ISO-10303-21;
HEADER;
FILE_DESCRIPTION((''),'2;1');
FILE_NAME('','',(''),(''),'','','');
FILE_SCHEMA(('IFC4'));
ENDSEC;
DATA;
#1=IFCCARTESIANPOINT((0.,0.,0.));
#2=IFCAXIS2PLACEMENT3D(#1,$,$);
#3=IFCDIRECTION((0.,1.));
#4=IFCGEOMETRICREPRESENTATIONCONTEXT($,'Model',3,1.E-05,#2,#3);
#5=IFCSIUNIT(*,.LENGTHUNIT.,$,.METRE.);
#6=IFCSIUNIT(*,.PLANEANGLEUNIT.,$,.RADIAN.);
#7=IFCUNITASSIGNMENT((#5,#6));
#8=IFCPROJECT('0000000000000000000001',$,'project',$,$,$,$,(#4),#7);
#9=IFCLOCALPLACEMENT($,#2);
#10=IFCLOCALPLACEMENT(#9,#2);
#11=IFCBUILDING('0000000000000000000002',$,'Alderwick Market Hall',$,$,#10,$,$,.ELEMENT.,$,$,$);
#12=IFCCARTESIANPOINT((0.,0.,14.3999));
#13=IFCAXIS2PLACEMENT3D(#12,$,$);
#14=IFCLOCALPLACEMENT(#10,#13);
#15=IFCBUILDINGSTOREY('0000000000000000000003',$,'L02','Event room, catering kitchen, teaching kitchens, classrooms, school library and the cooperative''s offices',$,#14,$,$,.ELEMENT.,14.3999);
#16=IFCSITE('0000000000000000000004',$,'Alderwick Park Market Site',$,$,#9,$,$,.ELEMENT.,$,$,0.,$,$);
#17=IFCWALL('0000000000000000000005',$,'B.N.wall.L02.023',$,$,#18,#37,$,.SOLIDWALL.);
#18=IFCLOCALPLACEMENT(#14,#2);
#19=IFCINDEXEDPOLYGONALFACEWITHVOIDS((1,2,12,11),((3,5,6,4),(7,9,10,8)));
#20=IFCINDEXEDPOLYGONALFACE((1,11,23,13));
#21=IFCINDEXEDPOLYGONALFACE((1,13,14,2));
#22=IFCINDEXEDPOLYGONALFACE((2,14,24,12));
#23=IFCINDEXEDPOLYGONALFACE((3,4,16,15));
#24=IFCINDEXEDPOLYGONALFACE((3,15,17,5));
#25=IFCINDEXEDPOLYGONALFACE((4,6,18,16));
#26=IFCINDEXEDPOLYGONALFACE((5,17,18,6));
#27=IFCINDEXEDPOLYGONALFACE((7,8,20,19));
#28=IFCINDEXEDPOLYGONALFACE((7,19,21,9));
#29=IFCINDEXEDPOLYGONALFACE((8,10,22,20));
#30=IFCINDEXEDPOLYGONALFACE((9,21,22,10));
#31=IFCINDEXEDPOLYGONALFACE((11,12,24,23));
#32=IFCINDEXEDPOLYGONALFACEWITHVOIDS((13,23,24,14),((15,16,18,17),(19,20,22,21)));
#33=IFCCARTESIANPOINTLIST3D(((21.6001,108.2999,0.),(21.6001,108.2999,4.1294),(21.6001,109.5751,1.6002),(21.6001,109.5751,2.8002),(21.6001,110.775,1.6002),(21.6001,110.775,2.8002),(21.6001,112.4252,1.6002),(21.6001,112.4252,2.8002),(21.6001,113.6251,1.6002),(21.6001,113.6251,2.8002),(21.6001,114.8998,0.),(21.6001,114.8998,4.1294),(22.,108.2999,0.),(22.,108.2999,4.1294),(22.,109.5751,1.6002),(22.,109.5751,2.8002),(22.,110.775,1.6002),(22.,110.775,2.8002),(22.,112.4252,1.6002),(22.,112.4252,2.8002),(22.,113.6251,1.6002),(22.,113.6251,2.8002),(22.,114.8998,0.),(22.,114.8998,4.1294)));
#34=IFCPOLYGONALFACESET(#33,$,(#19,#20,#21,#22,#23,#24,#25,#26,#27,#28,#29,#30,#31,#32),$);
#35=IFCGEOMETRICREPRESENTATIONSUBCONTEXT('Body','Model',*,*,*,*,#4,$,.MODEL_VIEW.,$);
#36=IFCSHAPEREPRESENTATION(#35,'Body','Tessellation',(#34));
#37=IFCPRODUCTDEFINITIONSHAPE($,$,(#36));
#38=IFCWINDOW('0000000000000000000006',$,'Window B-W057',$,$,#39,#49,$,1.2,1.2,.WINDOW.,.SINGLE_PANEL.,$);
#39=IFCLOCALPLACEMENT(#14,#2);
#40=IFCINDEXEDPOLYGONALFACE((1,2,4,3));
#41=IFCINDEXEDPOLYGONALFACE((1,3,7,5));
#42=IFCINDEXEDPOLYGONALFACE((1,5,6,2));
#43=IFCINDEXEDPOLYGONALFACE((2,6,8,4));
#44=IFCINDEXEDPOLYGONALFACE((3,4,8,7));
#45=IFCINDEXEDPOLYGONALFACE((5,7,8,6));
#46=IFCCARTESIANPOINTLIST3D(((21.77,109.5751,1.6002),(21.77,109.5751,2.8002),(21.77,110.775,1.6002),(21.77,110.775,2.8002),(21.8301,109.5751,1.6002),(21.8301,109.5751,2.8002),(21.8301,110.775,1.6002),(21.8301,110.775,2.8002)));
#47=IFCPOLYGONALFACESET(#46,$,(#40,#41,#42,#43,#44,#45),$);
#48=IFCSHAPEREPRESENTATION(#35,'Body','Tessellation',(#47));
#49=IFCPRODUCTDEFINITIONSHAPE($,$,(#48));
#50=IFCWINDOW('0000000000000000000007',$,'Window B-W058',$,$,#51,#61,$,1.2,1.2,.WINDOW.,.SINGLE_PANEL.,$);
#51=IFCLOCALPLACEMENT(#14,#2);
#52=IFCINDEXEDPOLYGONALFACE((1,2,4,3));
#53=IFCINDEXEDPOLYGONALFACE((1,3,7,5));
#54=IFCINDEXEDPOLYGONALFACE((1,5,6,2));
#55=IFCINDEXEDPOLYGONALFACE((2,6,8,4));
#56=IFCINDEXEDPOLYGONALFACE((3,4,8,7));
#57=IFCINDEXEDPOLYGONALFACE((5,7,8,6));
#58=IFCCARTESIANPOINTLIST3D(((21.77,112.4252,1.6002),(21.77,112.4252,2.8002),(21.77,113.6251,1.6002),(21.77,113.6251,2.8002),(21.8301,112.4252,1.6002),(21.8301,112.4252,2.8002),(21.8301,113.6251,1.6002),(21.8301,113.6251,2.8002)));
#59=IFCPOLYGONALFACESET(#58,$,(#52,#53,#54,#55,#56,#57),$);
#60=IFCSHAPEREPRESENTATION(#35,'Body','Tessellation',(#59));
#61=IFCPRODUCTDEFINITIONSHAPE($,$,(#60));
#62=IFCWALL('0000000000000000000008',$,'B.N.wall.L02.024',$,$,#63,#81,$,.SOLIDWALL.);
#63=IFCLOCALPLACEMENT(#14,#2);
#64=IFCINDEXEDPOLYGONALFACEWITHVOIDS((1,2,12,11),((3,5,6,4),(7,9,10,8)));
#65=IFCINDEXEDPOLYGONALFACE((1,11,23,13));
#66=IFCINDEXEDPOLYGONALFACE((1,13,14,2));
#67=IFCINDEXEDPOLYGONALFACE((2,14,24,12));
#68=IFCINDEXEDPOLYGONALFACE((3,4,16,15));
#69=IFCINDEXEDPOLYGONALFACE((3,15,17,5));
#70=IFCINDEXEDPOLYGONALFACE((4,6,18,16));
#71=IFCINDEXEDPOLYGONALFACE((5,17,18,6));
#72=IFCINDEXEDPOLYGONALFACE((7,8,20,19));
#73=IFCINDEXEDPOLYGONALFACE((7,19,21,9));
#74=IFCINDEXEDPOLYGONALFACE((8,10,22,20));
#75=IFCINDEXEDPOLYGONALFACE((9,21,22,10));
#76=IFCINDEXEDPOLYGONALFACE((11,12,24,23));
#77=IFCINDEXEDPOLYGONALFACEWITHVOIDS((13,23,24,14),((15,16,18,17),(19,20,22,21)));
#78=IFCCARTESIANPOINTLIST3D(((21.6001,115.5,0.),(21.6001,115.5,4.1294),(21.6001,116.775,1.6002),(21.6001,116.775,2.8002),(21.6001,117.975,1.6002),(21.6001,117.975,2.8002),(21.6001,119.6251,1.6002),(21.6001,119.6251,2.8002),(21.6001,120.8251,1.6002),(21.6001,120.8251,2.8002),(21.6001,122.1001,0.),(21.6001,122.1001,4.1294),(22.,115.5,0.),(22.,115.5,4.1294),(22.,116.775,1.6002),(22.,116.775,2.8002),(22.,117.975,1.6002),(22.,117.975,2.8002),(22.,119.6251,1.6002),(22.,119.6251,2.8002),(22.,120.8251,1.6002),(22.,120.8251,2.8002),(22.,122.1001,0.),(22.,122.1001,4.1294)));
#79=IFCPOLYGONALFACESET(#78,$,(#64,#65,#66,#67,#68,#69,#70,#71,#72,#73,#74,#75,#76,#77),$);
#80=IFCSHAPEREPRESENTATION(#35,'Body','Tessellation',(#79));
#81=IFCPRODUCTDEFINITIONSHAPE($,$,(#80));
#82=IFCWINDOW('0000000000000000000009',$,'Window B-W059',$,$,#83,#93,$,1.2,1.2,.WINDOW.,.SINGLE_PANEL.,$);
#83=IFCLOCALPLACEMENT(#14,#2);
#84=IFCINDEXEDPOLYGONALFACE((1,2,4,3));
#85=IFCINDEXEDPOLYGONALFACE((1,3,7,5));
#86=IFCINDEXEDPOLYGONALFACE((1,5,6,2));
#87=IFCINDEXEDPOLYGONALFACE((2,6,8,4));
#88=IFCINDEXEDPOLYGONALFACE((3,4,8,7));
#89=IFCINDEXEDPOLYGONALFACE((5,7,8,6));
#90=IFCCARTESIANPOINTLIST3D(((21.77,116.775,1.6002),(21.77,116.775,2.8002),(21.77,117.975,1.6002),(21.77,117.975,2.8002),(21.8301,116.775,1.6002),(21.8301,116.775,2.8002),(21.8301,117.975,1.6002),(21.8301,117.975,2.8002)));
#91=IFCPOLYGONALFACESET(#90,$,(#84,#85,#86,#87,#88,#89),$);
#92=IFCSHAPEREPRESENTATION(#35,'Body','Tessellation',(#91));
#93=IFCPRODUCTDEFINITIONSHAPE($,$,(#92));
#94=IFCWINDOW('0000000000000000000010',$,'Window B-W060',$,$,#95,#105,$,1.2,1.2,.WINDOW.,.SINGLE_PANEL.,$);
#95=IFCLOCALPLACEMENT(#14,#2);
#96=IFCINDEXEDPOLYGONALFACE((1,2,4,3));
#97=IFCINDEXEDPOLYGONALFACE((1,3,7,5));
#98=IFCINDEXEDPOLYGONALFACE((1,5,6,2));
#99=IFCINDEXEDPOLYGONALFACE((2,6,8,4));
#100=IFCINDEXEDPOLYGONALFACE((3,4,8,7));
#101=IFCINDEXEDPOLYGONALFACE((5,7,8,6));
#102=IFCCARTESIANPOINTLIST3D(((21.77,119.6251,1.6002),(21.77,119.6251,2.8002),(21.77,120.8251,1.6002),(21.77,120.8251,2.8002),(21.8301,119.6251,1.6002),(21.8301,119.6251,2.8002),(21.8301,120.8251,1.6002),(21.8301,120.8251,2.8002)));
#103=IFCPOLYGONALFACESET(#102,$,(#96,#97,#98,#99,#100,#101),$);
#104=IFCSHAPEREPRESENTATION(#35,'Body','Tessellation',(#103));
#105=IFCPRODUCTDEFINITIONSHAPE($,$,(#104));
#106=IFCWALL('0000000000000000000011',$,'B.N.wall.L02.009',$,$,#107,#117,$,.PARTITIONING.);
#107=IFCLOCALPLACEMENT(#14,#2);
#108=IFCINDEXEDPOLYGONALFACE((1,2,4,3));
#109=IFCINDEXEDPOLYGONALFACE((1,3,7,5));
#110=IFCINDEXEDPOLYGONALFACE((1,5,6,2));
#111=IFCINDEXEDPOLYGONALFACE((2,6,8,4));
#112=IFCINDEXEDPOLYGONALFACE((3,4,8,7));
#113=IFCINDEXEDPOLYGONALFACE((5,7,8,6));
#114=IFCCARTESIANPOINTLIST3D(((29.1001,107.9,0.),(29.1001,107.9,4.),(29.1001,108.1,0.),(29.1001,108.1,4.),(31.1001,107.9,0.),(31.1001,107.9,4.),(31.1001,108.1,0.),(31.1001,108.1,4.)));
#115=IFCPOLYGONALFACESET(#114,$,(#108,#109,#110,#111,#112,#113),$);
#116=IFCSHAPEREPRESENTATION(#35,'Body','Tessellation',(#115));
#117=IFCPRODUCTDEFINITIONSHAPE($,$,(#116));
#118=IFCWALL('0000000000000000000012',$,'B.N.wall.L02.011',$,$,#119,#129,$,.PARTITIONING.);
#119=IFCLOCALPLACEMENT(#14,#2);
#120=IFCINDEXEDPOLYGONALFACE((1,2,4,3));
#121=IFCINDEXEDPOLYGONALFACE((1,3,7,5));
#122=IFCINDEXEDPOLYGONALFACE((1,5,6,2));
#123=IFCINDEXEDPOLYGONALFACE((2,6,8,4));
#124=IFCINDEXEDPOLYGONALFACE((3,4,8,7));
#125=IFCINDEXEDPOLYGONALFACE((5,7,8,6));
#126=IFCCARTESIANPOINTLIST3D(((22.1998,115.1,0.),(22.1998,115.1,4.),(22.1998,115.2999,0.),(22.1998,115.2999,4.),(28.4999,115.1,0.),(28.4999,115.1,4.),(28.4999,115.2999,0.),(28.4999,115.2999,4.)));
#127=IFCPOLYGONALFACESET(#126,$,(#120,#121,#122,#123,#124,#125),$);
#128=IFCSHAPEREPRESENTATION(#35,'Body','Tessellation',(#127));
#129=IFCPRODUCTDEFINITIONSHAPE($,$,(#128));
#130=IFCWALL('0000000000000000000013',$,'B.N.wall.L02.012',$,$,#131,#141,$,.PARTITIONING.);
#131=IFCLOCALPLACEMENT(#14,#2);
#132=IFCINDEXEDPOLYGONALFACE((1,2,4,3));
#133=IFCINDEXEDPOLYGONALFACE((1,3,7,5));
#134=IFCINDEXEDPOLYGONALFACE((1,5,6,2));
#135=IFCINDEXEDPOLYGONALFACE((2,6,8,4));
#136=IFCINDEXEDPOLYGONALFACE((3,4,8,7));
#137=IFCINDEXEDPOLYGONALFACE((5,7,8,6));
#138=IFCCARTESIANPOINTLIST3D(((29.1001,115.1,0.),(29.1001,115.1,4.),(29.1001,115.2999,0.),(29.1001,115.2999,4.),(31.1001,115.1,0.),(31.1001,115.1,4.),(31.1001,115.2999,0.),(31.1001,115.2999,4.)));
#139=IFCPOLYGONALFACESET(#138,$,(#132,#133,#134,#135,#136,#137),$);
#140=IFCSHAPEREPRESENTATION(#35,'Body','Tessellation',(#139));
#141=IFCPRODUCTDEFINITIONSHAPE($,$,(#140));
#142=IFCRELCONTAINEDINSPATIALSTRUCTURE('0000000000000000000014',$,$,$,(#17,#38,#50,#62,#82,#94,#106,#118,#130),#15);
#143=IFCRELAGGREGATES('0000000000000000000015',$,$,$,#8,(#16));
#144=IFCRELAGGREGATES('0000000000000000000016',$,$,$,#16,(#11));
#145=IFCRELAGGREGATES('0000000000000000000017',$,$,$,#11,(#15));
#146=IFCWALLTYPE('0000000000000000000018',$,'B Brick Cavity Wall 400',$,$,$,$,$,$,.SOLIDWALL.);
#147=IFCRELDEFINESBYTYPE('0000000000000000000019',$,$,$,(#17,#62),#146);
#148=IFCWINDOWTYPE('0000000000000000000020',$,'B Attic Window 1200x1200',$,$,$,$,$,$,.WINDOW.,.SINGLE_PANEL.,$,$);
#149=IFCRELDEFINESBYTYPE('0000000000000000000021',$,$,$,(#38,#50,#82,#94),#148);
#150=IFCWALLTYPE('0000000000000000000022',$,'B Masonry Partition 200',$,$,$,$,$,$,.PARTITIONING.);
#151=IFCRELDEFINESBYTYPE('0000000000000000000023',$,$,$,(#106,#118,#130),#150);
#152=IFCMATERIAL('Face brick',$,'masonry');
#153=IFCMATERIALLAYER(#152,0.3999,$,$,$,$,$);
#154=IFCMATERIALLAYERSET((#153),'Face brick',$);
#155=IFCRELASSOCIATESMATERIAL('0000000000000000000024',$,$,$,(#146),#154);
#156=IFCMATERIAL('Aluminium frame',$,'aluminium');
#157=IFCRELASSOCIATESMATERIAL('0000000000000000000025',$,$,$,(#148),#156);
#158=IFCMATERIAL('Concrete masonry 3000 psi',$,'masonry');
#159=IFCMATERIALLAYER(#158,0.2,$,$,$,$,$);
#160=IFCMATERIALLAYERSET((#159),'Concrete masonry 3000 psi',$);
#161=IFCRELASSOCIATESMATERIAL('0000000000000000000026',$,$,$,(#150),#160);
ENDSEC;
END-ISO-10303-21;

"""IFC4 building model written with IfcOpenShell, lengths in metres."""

from ifc_helpers import new_model, si_unit, direction, frame, frame_2d, origin, place, context, subcontext, project, spatial, rectangle, extrude, material, layer, layer_set, type_object, element, fill, save


model = new_model("IFC4")

# Units and contexts
model_context = context("Model", 3, precision=1e-05, world=origin(), true_north=direction((0.0, 1.0)))
body_context = subcontext(model_context, "Body", "Model", "MODEL_VIEW")
ifc_project = project(units=[si_unit("LENGTHUNIT", "METRE"), si_unit("PLANEANGLEUNIT", "RADIAN")], contexts=[model_context])

# Site, building, storey
site_placement = place(None, origin())
site = spatial("IfcSite", under=ifc_project, at=site_placement, Name="Alderwick Park Market Site", CompositionType="ELEMENT", RefElevation=0.0)
building_placement = place(site_placement, origin())
building = spatial("IfcBuilding", under=site, at=building_placement, Name="Alderwick Market Hall", CompositionType="ELEMENT")
storey_placement = place(building_placement, frame((0.0, 0.0, 14.3999)))
storey = spatial("IfcBuildingStorey", under=building, at=storey_placement, Name="L02", Description="Event room, catering kitchen, teaching kitchens, classrooms, school library and the cooperative's offices", CompositionType="ELEMENT", Elevation=14.3999)

# Walls, openings, windows
ifc_material_1 = material(Name="Face brick", Category="masonry")
ifc_layer_1 = layer(ifc_material_1, 0.3999)
ifc_layer_set_1 = layer_set([ifc_layer_1], Name="Face brick")
wall_type_1 = type_object("IfcWallType", Name="B Brick Cavity Wall 400", PredefinedType="SOLIDWALL", material=ifc_layer_set_1)
wall_1_placement = place(storey_placement, frame((21.8, 108.3, 0.0), z_axis=(0.0, 0.0, 1.0), x_axis=(0.0, 1.0, 0.0)))
wall_1 = element("IfcWall", 1, at=wall_1_placement, inside=storey, type_object=wall_type_1, Name="B.N.wall.L02.023", PredefinedType="SOLIDWALL", context=body_context, shape_type="SweptSolid", body=[
    extrude(rectangle(XDim=6.5999, YDim=0.3999, at=frame_2d((3.2998, 0.0))), origin(), (0.0, 0.0, 1.0), 4.1294),
])
opening_1_placement = place(wall_1_placement, frame((1.2749, 0.0, 1.6001)))
opening_1 = element("IfcOpeningElement", 2, at=opening_1_placement, cuts=wall_1, PredefinedType="OPENING", context=body_context, shape_type="SweptSolid", body=[
    extrude(rectangle(XDim=1.2, YDim=1.2, at=frame_2d((0.6001, 0.6001))), frame((0.0, 0.21, 0.0), z_axis=(0.0, -1.0, 0.0), x_axis=(1.0, 0.0, 0.0)), (0.0, 0.0, 1.0), 0.4199),
])
opening_2_placement = place(wall_1_placement, frame((4.125, 0.0, 1.6001)))
opening_2 = element("IfcOpeningElement", 3, at=opening_2_placement, cuts=wall_1, PredefinedType="OPENING", context=body_context, shape_type="SweptSolid", body=[
    extrude(rectangle(XDim=1.2, YDim=1.2, at=frame_2d((0.6001, 0.6001))), frame((0.0, 0.21, 0.0), z_axis=(0.0, -1.0, 0.0), x_axis=(1.0, 0.0, 0.0)), (0.0, 0.0, 1.0), 0.4199),
])
ifc_material_2 = material(Name="Aluminium frame", Category="aluminium")
window_type = type_object("IfcWindowType", Name="B Attic Window 1200x1200", PartitioningType="SINGLE_PANEL", PredefinedType="WINDOW", material=ifc_material_2)
window_1_placement = place(opening_1_placement, origin())
window_1 = element("IfcWindow", 4, at=window_1_placement, inside=storey, type_object=window_type, Name="Window B-W057", OverallHeight=1.2, OverallWidth=1.2, PartitioningType="SINGLE_PANEL", PredefinedType="WINDOW", context=body_context, shape_type="SweptSolid", body=[
    extrude(rectangle(XDim=1.2, YDim=1.2, at=frame_2d((0.6001, 0.6001))), frame((0.0, 0.03, 0.0), z_axis=(0.0, -1.0, 0.0), x_axis=(1.0, 0.0, 0.0)), (0.0, 0.0, 1.0), 0.0601),
])
fill(opening_1, window_1)
window_2_placement = place(opening_2_placement, origin())
window_2 = element("IfcWindow", 5, at=window_2_placement, inside=storey, type_object=window_type, Name="Window B-W058", OverallHeight=1.2, OverallWidth=1.2, PartitioningType="SINGLE_PANEL", PredefinedType="WINDOW", context=body_context, shape_type="SweptSolid", body=[
    extrude(rectangle(XDim=1.2, YDim=1.2, at=frame_2d((0.6001, 0.6001))), frame((0.0, 0.03, 0.0), z_axis=(0.0, -1.0, 0.0), x_axis=(1.0, 0.0, 0.0)), (0.0, 0.0, 1.0), 0.0601),
])
fill(opening_2, window_2)
wall_2_placement = place(storey_placement, frame((21.8, 115.5, 0.0), z_axis=(0.0, 0.0, 1.0), x_axis=(0.0, 1.0, 0.0)))
wall_2 = element("IfcWall", 6, at=wall_2_placement, inside=storey, type_object=wall_type_1, Name="B.N.wall.L02.024", PredefinedType="SOLIDWALL", context=body_context, shape_type="SweptSolid", body=[
    extrude(rectangle(XDim=6.6001, YDim=0.3999, at=frame_2d((3.3, 0.0))), origin(), (0.0, 0.0, 1.0), 4.1294),
])
opening_3_placement = place(wall_2_placement, frame((1.2749, 0.0, 1.6001)))
opening_3 = element("IfcOpeningElement", 7, at=opening_3_placement, cuts=wall_2, PredefinedType="OPENING", context=body_context, shape_type="SweptSolid", body=[
    extrude(rectangle(XDim=1.2, YDim=1.2, at=frame_2d((0.6001, 0.6001))), frame((0.0, 0.21, 0.0), z_axis=(0.0, -1.0, 0.0), x_axis=(1.0, 0.0, 0.0)), (0.0, 0.0, 1.0), 0.4199),
])
opening_4_placement = place(wall_2_placement, frame((4.125, 0.0, 1.6001)))
opening_4 = element("IfcOpeningElement", 8, at=opening_4_placement, cuts=wall_2, PredefinedType="OPENING", context=body_context, shape_type="SweptSolid", body=[
    extrude(rectangle(XDim=1.2, YDim=1.2, at=frame_2d((0.6001, 0.6001))), frame((0.0, 0.21, 0.0), z_axis=(0.0, -1.0, 0.0), x_axis=(1.0, 0.0, 0.0)), (0.0, 0.0, 1.0), 0.4199),
])
window_3_placement = place(opening_3_placement, origin())
window_3 = element("IfcWindow", 9, at=window_3_placement, inside=storey, type_object=window_type, Name="Window B-W059", OverallHeight=1.2, OverallWidth=1.2, PartitioningType="SINGLE_PANEL", PredefinedType="WINDOW", context=body_context, shape_type="SweptSolid", body=[
    extrude(rectangle(XDim=1.2, YDim=1.2, at=frame_2d((0.6001, 0.6001))), frame((0.0, 0.03, 0.0), z_axis=(0.0, -1.0, 0.0), x_axis=(1.0, 0.0, 0.0)), (0.0, 0.0, 1.0), 0.0601),
])
fill(opening_3, window_3)
window_4_placement = place(opening_4_placement, origin())
window_4 = element("IfcWindow", 10, at=window_4_placement, inside=storey, type_object=window_type, Name="Window B-W060", OverallHeight=1.2, OverallWidth=1.2, PartitioningType="SINGLE_PANEL", PredefinedType="WINDOW", context=body_context, shape_type="SweptSolid", body=[
    extrude(rectangle(XDim=1.2, YDim=1.2, at=frame_2d((0.6001, 0.6001))), frame((0.0, 0.03, 0.0), z_axis=(0.0, -1.0, 0.0), x_axis=(1.0, 0.0, 0.0)), (0.0, 0.0, 1.0), 0.0601),
])
fill(opening_4, window_4)

# Walls
ifc_material_3 = material(Name="Concrete masonry 3000 psi", Category="masonry")
ifc_layer_2 = layer(ifc_material_3, 0.2)
ifc_layer_set_2 = layer_set([ifc_layer_2], Name="Concrete masonry 3000 psi")
wall_type_2 = type_object("IfcWallType", Name="B Masonry Partition 200", PredefinedType="PARTITIONING", material=ifc_layer_set_2)
wall_3_placement = place(storey_placement, frame((29.1001, 108.0, 0.0), z_axis=(0.0, 0.0, 1.0), x_axis=(1.0, 0.0, 0.0)))
element("IfcWall", 11, at=wall_3_placement, inside=storey, type_object=wall_type_2, Name="B.N.wall.L02.009", PredefinedType="PARTITIONING", context=body_context, shape_type="SweptSolid", body=[
    extrude(rectangle(XDim=2.0, YDim=0.2, at=frame_2d((1.0, 0.0))), origin(), (0.0, 0.0, 1.0), 4.0),
])
wall_4_placement = place(storey_placement, frame((22.2, 115.2, 0.0), z_axis=(0.0, 0.0, 1.0), x_axis=(1.0, 0.0, 0.0)))
element("IfcWall", 12, at=wall_4_placement, inside=storey, type_object=wall_type_2, Name="B.N.wall.L02.011", PredefinedType="PARTITIONING", context=body_context, shape_type="SweptSolid", body=[
    extrude(rectangle(XDim=6.3, YDim=0.2, at=frame_2d((3.1499, 0.0))), origin(), (0.0, 0.0, 1.0), 4.0),
])
wall_5_placement = place(storey_placement, frame((29.1001, 115.2, 0.0), z_axis=(0.0, 0.0, 1.0), x_axis=(1.0, 0.0, 0.0)))
element("IfcWall", 13, at=wall_5_placement, inside=storey, type_object=wall_type_2, Name="B.N.wall.L02.012", PredefinedType="PARTITIONING", context=body_context, shape_type="SweptSolid", body=[
    extrude(rectangle(XDim=2.0, YDim=0.2, at=frame_2d((1.0, 0.0))), origin(), (0.0, 0.0, 1.0), 4.0),
])

save(model, "model.ifc")
